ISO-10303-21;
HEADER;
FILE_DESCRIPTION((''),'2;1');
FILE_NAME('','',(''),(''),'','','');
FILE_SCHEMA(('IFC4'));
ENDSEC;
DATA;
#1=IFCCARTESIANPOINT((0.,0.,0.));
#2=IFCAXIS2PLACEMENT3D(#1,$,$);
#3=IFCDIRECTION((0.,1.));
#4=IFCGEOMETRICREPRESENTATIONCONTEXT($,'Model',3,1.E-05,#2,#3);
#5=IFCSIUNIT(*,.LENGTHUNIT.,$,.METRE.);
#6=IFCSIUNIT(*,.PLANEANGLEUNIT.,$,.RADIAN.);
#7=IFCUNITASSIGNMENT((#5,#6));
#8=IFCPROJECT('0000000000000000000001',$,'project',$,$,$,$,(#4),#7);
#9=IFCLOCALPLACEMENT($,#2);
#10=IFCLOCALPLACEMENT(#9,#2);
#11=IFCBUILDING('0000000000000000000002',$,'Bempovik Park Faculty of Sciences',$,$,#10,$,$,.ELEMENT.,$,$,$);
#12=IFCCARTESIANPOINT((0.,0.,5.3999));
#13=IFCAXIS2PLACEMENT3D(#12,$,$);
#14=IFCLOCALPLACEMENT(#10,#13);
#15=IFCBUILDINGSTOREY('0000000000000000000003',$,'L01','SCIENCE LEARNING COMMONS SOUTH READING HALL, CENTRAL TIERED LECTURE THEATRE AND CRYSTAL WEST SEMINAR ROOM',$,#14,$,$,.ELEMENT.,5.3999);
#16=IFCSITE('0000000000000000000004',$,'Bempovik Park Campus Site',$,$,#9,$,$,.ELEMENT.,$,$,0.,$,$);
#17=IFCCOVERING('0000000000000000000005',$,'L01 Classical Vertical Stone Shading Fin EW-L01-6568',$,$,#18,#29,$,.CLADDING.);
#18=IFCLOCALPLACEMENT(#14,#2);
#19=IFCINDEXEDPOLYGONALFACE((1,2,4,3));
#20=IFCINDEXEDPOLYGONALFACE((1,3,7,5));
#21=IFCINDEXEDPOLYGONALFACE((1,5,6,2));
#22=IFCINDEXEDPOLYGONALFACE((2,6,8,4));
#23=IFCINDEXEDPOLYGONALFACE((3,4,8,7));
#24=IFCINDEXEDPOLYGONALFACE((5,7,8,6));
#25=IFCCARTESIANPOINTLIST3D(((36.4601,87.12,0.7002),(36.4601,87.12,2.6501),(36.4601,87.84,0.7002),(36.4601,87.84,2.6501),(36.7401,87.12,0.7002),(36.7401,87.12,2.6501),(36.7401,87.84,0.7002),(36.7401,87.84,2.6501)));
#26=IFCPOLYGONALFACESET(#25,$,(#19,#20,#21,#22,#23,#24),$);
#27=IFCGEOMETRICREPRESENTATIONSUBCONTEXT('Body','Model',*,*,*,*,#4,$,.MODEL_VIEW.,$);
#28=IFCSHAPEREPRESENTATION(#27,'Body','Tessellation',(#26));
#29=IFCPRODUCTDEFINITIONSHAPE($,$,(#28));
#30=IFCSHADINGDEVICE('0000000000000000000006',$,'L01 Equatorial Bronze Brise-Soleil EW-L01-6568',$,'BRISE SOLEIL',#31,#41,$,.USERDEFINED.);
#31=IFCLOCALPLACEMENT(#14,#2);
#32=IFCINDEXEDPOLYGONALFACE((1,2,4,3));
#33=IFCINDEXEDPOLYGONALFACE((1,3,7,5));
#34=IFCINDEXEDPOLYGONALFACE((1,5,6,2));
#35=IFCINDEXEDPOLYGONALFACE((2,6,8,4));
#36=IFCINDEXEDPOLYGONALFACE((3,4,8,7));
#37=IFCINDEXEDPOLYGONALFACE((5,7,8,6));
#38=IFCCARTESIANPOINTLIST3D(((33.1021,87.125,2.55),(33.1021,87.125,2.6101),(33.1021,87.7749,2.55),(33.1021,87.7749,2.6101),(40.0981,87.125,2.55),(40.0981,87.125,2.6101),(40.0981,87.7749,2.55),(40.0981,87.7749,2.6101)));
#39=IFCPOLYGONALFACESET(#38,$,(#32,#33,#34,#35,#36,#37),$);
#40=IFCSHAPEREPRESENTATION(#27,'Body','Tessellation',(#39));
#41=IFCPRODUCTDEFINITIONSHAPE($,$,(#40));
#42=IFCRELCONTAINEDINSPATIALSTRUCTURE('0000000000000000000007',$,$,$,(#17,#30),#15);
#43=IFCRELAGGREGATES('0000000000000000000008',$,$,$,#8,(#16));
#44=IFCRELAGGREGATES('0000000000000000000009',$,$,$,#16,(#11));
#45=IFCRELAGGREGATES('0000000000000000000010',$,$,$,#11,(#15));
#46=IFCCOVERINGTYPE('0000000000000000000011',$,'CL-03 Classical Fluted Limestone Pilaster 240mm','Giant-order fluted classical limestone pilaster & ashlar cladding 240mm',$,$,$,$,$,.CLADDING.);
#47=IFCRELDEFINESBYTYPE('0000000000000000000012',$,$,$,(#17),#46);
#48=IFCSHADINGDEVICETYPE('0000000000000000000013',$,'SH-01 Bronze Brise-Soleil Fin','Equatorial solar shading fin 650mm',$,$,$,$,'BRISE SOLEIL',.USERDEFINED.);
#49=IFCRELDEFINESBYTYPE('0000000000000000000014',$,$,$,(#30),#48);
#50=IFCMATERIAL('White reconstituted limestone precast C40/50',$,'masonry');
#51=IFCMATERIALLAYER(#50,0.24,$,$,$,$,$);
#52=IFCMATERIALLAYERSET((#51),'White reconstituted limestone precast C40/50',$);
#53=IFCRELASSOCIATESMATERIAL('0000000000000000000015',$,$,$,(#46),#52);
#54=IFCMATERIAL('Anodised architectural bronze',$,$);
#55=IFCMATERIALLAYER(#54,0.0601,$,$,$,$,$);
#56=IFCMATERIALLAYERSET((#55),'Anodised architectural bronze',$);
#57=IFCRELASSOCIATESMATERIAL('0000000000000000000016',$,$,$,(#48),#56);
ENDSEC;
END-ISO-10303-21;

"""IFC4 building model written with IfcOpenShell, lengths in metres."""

from ifc_helpers import new_model, si_unit, direction, frame, origin, origin_2d, place, context, subcontext, project, spatial, rectangle, extrude, material, layer, layer_set, type_object, element, save


model = new_model("IFC4")

# Units and contexts
model_context = context("Model", 3, precision=1e-05, world=origin(), true_north=direction((0.0, 1.0)))
body_context = subcontext(model_context, "Body", "Model", "MODEL_VIEW")
ifc_project = project(units=[si_unit("LENGTHUNIT", "METRE"), si_unit("PLANEANGLEUNIT", "RADIAN")], contexts=[model_context])

# Site, building, storey
site_placement = place(None, origin())
site = spatial("IfcSite", under=ifc_project, at=site_placement, Name="Bempovik Park Campus Site", CompositionType="ELEMENT", RefElevation=0.0)
building_placement = place(site_placement, origin())
building = spatial("IfcBuilding", under=site, at=building_placement, Name="Bempovik Park Faculty of Sciences", CompositionType="ELEMENT")
storey_placement = place(building_placement, frame((0.0, 0.0, 5.3999)))
storey = spatial("IfcBuildingStorey", under=building, at=storey_placement, Name="L01", Description="SCIENCE LEARNING COMMONS SOUTH READING HALL, CENTRAL TIERED LECTURE THEATRE AND CRYSTAL WEST SEMINAR ROOM", CompositionType="ELEMENT", Elevation=5.3999)

# Shared definitions
ifc_material_1 = material(Name="Anodised architectural bronze")

# Covering
ifc_material_2 = material(Name="White reconstituted limestone precast C40/50", Category="masonry")
ifc_layer_1 = layer(ifc_material_2, 0.24)
ifc_layer_set_1 = layer_set([ifc_layer_1], Name="White reconstituted limestone precast C40/50")
covering_type_1 = type_object("IfcCoveringType", Name="CL-03 Classical Fluted Limestone Pilaster 240mm", Description="Giant-order fluted classical limestone pilaster & ashlar cladding 240mm", PredefinedType="CLADDING", material=ifc_layer_set_1)
covering_1_placement = place(storey_placement, frame((36.6001, 87.48, 0.7002), z_axis=(0.0, 0.0, 1.0), x_axis=(1.0, 0.0, 0.0)))
element("IfcCovering", 1, at=covering_1_placement, inside=storey, type_object=covering_type_1, Name="L01 Classical Vertical Stone Shading Fin EW-L01-6568", PredefinedType="CLADDING", context=body_context, shape_type="SweptSolid", body=[
    extrude(rectangle(XDim=0.28, YDim=0.72, at=origin_2d()), origin(), (0.0, 0.0, 1.0), 1.95),
])

# Shading device
ifc_layer_2 = layer(ifc_material_1, 0.0601)
ifc_layer_set_2 = layer_set([ifc_layer_2], Name="Anodised architectural bronze")
shading_device_type = type_object("IfcShadingDeviceType", Name="SH-01 Bronze Brise-Soleil Fin", Description="Equatorial solar shading fin 650mm", ElementType="BRISE SOLEIL", PredefinedType="USERDEFINED", material=ifc_layer_set_2)
shading_device_placement = place(storey_placement, frame((36.6001, 87.45, 2.55), z_axis=(0.0, 0.0, 1.0), x_axis=(1.0, 0.0, 0.0)))
element("IfcShadingDevice", 2, at=shading_device_placement, inside=storey, type_object=shading_device_type, Name="L01 Equatorial Bronze Brise-Soleil EW-L01-6568", ObjectType="BRISE SOLEIL", PredefinedType="USERDEFINED", context=body_context, shape_type="SweptSolid", body=[
    extrude(rectangle(XDim=6.9961, YDim=0.6499, at=origin_2d()), origin(), (0.0, 0.0, 1.0), 0.0601),
])

save(model, "model.ifc")
